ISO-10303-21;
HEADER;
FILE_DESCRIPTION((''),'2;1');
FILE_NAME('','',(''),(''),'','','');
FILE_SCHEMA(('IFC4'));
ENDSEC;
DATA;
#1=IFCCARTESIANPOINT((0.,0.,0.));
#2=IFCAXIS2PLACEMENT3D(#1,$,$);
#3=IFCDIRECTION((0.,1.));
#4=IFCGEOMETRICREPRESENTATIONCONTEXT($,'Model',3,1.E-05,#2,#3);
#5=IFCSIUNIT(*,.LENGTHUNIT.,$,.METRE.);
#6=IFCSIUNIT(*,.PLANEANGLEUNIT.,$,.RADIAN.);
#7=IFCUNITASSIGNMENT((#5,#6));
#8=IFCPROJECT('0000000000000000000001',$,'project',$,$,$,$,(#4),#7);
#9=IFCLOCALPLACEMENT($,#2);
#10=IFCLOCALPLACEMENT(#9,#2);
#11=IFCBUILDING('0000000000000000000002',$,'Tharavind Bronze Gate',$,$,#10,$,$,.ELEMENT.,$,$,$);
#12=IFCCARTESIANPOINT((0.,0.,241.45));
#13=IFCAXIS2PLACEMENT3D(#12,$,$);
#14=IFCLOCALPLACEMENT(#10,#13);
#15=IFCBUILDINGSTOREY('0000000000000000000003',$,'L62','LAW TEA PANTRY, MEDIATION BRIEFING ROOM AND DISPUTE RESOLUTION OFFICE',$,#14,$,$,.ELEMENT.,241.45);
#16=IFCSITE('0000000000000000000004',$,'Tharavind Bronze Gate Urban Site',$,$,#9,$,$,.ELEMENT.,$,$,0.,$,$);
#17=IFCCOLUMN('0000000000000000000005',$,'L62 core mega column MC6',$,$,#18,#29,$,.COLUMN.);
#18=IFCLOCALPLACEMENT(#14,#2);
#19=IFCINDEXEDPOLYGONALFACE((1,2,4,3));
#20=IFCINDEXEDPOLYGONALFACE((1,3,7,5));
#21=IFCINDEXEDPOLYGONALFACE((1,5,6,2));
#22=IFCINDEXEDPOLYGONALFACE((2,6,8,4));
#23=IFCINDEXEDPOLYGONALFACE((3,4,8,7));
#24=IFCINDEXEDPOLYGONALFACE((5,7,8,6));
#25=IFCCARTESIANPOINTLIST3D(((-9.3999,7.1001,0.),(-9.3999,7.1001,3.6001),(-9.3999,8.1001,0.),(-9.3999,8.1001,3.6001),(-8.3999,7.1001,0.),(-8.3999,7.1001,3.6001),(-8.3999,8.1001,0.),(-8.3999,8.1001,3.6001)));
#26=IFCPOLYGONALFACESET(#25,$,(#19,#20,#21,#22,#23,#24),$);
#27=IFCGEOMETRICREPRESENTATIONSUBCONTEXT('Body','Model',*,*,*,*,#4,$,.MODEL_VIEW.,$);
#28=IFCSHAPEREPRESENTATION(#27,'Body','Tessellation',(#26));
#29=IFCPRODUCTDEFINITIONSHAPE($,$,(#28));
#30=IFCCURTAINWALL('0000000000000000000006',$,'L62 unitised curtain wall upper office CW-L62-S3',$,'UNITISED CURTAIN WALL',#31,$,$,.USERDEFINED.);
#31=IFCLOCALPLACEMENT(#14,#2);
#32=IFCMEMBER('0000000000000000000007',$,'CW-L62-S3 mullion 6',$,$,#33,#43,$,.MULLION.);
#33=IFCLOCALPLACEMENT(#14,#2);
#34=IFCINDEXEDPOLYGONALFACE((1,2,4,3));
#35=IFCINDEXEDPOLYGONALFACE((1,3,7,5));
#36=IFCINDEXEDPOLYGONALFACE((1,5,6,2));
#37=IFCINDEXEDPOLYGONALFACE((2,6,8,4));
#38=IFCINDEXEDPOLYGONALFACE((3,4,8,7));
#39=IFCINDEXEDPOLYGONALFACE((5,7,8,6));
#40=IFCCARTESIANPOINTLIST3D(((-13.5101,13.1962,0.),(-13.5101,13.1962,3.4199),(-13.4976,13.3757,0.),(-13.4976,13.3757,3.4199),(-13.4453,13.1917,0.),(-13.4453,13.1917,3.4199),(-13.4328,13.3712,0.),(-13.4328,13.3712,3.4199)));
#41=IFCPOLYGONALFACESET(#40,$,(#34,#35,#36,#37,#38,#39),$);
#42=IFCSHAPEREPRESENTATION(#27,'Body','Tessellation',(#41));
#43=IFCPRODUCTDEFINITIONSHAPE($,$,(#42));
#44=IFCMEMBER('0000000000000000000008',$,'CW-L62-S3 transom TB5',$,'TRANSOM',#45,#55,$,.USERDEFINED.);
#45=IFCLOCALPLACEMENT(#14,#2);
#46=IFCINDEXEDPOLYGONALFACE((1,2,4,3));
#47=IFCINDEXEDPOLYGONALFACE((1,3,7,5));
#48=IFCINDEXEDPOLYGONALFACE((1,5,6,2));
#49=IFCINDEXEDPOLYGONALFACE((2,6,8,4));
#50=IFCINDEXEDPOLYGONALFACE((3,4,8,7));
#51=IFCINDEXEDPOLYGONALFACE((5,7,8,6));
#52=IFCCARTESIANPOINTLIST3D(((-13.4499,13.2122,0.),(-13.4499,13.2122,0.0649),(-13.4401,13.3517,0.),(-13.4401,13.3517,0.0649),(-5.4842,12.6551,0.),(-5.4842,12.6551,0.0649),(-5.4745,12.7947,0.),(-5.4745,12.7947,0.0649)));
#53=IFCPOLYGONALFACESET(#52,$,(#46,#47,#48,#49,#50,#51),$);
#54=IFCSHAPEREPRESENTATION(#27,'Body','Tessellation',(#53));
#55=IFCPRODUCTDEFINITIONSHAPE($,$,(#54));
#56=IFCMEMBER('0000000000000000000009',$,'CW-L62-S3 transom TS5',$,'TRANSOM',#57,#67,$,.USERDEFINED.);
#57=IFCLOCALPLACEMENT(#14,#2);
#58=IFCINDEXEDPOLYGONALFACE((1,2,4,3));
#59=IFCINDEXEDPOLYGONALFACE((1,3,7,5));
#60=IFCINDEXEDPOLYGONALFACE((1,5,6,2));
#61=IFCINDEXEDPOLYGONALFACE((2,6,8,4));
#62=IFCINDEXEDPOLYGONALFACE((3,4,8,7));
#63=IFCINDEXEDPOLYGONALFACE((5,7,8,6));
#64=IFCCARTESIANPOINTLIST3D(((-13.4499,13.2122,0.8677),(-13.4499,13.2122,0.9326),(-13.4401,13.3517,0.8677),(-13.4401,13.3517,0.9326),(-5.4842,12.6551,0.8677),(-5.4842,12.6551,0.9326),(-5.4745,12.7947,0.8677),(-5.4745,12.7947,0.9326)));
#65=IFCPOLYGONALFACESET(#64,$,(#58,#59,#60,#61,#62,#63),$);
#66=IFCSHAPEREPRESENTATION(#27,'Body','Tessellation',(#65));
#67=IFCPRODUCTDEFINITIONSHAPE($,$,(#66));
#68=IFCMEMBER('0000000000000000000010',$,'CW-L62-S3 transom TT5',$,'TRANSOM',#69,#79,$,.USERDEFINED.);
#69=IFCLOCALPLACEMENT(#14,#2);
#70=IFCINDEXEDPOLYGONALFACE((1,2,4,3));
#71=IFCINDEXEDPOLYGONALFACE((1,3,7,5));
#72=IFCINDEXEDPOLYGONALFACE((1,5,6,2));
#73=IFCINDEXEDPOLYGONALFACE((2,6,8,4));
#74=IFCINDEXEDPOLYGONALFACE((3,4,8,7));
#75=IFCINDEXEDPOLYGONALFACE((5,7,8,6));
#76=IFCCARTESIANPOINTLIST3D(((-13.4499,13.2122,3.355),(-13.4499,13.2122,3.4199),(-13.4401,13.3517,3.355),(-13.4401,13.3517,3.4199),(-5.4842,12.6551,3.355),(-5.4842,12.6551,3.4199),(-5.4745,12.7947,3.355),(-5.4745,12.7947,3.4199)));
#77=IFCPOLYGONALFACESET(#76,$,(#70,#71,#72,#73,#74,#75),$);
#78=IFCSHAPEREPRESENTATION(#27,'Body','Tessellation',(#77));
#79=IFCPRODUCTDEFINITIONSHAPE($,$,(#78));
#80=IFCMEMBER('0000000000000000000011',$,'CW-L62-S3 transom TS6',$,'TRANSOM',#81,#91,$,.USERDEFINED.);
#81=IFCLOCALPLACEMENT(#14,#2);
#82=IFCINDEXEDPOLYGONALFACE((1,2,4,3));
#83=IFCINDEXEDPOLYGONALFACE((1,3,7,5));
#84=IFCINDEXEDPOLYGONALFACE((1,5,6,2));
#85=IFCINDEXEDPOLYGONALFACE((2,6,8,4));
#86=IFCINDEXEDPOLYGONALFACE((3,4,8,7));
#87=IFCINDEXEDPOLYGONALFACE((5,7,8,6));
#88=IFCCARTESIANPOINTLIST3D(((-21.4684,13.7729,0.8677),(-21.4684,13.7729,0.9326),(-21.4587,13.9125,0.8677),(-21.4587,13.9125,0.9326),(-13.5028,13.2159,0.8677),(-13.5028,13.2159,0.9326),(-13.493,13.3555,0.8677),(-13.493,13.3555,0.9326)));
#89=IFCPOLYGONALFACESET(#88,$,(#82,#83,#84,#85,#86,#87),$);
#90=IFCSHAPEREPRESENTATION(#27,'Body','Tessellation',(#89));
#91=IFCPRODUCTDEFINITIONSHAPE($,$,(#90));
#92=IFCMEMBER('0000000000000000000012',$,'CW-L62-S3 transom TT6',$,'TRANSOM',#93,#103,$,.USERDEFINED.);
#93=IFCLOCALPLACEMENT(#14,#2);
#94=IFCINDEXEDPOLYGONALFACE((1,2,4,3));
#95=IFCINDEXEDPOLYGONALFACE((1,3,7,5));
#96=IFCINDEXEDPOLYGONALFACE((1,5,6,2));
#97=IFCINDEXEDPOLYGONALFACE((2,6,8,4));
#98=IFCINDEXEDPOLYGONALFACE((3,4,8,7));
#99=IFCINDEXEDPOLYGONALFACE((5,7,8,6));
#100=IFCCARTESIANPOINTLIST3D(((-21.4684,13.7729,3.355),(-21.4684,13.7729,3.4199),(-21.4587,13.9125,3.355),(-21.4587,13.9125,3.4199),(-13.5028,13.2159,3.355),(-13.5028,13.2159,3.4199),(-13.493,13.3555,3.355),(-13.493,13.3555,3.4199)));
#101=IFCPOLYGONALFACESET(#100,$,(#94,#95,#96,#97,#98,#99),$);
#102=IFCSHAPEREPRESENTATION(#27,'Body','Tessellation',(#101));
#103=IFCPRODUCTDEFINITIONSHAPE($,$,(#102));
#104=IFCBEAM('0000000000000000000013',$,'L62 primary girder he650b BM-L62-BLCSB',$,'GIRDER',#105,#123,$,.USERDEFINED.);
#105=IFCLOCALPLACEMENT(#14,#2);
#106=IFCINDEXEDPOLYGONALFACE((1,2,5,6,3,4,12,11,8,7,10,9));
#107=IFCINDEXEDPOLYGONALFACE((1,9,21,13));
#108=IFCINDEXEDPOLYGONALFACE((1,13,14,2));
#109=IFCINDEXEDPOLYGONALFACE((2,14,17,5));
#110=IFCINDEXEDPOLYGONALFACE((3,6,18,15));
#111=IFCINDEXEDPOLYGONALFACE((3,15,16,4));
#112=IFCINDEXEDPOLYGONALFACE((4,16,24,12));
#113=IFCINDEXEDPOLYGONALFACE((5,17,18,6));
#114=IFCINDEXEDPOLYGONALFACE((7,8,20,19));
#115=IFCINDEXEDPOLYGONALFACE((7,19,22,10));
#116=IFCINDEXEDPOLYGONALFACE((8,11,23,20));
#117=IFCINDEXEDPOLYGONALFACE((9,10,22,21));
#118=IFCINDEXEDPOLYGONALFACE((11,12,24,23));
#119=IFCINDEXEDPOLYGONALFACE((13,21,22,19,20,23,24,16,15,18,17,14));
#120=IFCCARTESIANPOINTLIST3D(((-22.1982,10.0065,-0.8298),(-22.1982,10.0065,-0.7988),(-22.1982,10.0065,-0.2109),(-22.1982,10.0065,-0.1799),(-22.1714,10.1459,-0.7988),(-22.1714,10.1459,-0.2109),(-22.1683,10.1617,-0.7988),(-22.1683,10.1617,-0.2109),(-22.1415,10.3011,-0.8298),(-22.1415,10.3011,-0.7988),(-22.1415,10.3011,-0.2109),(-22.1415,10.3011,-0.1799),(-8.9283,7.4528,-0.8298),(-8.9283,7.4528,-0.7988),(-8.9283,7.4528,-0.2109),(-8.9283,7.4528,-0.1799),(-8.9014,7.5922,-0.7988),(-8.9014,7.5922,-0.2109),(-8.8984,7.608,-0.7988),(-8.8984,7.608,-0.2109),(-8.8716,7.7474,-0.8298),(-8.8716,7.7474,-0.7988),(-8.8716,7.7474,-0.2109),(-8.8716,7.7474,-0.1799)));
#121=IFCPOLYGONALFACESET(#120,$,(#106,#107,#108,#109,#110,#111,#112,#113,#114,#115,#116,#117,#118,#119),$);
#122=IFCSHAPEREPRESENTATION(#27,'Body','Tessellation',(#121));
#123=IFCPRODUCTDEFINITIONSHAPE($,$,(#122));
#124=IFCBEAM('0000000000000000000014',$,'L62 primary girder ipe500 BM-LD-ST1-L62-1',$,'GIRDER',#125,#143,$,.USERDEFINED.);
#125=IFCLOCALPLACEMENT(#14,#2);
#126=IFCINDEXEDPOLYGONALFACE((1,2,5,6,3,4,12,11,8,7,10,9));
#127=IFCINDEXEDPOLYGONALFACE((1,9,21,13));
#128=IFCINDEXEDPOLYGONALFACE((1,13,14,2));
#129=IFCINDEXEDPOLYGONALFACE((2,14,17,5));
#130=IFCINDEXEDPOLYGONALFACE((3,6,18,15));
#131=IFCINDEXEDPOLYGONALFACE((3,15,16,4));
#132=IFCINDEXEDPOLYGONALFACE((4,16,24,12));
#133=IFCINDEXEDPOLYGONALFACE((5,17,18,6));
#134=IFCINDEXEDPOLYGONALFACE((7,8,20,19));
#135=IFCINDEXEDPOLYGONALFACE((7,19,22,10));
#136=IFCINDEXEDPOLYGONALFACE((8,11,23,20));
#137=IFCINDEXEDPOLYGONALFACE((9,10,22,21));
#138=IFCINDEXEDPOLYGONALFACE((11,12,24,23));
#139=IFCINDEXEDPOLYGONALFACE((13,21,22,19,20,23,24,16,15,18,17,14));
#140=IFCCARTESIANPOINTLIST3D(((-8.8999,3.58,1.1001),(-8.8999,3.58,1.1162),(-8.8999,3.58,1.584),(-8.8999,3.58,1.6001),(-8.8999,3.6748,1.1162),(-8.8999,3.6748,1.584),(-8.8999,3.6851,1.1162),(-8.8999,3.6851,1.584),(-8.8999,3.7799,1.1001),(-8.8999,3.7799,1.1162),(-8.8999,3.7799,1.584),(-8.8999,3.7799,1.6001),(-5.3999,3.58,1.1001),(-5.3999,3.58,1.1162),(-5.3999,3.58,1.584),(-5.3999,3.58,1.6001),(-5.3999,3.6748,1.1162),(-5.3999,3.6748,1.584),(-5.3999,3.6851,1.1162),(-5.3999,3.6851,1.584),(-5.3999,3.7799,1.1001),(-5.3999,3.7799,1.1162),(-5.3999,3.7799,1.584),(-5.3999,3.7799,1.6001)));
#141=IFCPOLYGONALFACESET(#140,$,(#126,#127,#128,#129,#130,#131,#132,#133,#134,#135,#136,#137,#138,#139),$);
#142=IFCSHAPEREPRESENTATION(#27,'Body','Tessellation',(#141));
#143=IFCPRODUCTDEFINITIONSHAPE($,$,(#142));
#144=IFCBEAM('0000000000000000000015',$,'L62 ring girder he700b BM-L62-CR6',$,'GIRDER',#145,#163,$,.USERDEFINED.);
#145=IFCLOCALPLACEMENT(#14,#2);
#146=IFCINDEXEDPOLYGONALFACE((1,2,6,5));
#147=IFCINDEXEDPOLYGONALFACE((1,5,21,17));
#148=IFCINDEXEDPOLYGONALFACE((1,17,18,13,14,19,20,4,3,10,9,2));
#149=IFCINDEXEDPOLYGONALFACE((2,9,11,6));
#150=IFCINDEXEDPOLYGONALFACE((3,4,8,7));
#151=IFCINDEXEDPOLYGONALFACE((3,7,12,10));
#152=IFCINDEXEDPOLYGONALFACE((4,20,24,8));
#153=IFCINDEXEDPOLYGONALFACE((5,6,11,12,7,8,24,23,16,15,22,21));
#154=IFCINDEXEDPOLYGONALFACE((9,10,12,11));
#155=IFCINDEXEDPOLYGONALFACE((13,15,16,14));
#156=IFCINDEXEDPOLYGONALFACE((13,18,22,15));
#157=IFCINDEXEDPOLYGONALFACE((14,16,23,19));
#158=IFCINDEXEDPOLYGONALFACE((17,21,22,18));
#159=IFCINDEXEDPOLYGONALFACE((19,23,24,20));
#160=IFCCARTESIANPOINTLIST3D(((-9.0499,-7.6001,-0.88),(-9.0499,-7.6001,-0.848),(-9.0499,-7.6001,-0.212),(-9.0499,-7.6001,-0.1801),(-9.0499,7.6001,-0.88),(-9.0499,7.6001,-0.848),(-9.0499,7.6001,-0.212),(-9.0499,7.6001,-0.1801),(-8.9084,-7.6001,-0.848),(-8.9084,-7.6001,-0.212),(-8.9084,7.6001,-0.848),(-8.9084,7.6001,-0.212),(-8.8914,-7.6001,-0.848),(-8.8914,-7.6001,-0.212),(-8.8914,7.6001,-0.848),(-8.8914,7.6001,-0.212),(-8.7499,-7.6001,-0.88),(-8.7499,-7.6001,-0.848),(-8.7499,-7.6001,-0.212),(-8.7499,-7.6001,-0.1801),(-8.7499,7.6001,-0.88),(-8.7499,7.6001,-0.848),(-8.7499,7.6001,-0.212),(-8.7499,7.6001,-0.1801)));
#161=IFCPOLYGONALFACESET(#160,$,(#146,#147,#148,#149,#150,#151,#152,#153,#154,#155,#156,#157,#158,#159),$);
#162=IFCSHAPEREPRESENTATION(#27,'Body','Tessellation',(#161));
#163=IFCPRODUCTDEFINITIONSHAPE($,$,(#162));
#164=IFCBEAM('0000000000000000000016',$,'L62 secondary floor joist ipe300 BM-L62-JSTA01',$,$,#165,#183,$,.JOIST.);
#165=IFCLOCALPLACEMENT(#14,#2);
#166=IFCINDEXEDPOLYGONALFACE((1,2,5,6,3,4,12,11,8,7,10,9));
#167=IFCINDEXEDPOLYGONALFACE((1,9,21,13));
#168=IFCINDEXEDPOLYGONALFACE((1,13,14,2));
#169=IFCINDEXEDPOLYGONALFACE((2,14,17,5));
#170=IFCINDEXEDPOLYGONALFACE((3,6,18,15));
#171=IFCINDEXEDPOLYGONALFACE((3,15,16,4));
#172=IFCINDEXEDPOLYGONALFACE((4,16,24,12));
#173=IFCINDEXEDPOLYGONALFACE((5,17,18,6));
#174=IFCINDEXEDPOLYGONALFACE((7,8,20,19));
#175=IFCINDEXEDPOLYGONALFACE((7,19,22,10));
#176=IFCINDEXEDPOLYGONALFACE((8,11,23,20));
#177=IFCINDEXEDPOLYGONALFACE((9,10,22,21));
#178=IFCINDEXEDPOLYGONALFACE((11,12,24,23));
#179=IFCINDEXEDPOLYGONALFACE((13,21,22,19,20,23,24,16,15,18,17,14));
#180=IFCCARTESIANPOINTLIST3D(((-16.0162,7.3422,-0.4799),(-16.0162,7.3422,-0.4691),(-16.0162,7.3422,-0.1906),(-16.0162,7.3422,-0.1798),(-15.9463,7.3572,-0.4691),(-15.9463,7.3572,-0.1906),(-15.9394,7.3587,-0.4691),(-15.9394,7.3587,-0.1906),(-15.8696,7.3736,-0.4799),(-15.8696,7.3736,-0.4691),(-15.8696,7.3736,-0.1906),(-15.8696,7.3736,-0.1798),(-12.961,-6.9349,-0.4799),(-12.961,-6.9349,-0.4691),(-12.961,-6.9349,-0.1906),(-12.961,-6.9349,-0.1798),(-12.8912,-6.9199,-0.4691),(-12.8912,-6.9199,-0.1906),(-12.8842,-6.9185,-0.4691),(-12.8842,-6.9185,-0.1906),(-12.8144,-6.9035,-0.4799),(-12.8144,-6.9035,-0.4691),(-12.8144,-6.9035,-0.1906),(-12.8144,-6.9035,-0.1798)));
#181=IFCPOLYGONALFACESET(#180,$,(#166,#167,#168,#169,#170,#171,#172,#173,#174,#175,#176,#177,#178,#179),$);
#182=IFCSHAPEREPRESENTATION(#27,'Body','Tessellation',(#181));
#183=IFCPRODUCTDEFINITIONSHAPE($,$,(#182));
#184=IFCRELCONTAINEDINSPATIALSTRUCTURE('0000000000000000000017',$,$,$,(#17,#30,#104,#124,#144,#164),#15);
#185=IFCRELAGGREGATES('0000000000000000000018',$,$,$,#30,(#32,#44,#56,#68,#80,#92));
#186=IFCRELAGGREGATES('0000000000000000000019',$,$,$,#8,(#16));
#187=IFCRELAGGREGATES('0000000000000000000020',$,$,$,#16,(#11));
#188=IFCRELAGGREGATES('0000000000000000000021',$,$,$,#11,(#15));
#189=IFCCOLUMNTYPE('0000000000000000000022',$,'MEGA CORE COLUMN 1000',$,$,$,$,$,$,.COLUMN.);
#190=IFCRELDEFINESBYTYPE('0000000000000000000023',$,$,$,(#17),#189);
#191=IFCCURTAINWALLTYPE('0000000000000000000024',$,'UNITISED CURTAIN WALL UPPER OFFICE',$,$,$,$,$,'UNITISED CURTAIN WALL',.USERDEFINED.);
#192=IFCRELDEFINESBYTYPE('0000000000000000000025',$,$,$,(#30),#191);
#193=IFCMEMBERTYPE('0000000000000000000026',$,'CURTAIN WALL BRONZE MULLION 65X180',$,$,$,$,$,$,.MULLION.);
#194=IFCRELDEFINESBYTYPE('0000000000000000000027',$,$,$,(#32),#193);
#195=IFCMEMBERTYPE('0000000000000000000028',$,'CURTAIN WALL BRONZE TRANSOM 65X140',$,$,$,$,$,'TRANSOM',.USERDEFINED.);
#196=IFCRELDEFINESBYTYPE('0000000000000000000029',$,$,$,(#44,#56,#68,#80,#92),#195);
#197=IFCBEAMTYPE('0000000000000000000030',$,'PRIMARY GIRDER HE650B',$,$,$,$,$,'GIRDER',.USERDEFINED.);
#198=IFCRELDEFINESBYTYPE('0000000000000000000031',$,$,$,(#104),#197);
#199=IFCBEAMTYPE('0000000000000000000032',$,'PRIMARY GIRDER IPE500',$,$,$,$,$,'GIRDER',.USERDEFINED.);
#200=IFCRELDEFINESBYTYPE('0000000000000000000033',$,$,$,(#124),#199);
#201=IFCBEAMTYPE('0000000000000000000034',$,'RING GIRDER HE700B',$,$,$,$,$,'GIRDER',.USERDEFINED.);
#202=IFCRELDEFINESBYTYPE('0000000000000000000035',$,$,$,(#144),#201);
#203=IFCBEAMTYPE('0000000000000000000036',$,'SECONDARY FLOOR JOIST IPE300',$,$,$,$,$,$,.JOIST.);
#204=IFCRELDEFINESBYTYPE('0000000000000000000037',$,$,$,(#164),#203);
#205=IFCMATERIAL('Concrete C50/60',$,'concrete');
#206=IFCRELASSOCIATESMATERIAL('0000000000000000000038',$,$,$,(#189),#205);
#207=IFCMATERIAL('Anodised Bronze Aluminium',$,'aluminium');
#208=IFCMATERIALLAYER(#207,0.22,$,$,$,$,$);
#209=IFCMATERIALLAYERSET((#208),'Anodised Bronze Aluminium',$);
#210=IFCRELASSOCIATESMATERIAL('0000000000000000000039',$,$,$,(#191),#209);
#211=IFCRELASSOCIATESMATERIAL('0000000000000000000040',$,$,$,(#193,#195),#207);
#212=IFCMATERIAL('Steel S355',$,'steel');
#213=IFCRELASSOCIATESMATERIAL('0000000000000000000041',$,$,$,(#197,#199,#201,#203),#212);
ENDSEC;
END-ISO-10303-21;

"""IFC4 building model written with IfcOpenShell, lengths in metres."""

from ifc_helpers import new_model, si_unit, direction, frame, origin, origin_2d, place, context, subcontext, project, spatial, rectangle, i_section, extrude, material, layer, layer_set, material_profile, profile_set, type_object, element, aggregate, save


model = new_model("IFC4")

# Units and contexts
model_context = context("Model", 3, precision=1e-05, world=origin(), true_north=direction((0.0, 1.0)))
body_context = subcontext(model_context, "Body", "Model", "MODEL_VIEW")
ifc_project = project(units=[si_unit("LENGTHUNIT", "METRE"), si_unit("PLANEANGLEUNIT", "RADIAN")], contexts=[model_context])

# Site, building, storey
site_placement = place(None, origin())
site = spatial("IfcSite", under=ifc_project, at=site_placement, Name="Tharavind Bronze Gate Urban Site", CompositionType="ELEMENT", RefElevation=0.0)
building_placement = place(site_placement, origin())
building = spatial("IfcBuilding", under=site, at=building_placement, Name="Tharavind Bronze Gate", CompositionType="ELEMENT")
storey_placement = place(building_placement, frame((0.0, 0.0, 241.45)))
storey = spatial("IfcBuildingStorey", under=building, at=storey_placement, Name="L62", Description="LAW TEA PANTRY, MEDIATION BRIEFING ROOM AND DISPUTE RESOLUTION OFFICE", CompositionType="ELEMENT", Elevation=241.45)

# Column
ifc_material_1 = material(Name="Concrete C50/60", Category="concrete")
ifc_material_profile_1 = material_profile(ifc_material_1, rectangle(XDim=1.0, YDim=1.0, at=origin_2d()), Name="RCCOL1000")
ifc_profile_set_1 = profile_set([ifc_material_profile_1], Name="Concrete C50/60")
column_type = type_object("IfcColumnType", Name="MEGA CORE COLUMN 1000", PredefinedType="COLUMN", material=ifc_profile_set_1)
column_placement = place(storey_placement, frame((-8.8999, 7.6001, 0.0), z_axis=(0.0, 0.0, 1.0), x_axis=(1.0, 0.0, 0.0)))
element("IfcColumn", 1, at=column_placement, inside=storey, type_object=column_type, Name="L62 core mega column MC6", PredefinedType="COLUMN", context=body_context, shape_type="SweptSolid", body=[
    extrude(rectangle(XDim=1.0, YDim=1.0, at=origin_2d()), origin(), (0.0, 0.0, 1.0), 3.6001),
])

# Curtain wall, members
ifc_material_2 = material(Name="Anodised Bronze Aluminium", Category="aluminium")
ifc_layer_1 = layer(ifc_material_2, 0.22)
ifc_layer_set_1 = layer_set([ifc_layer_1], Name="Anodised Bronze Aluminium")
curtain_wall_type = type_object("IfcCurtainWallType", Name="UNITISED CURTAIN WALL UPPER OFFICE", ElementType="UNITISED CURTAIN WALL", PredefinedType="USERDEFINED", material=ifc_layer_set_1)
curtain_wall_placement = place(storey_placement, origin())
curtain_wall = element("IfcCurtainWall", 2, at=curtain_wall_placement, inside=storey, type_object=curtain_wall_type, Name="L62 unitised curtain wall upper office CW-L62-S3", ObjectType="UNITISED CURTAIN WALL", PredefinedType="USERDEFINED")
member_type_1 = type_object("IfcMemberType", Name="CURTAIN WALL BRONZE MULLION 65X180", PredefinedType="MULLION", material=ifc_material_2)
member_1_placement = place(storey_placement, frame((-13.4714, 13.2837, 0.0), z_axis=(0.0, 0.0, 1.0), x_axis=(-0.997564, 0.069758, 0.0)))
member_1 = element("IfcMember", 3, at=member_1_placement, type_object=member_type_1, Name="CW-L62-S3 mullion 6", PredefinedType="MULLION", context=body_context, shape_type="SweptSolid", body=[
    extrude(rectangle(XDim=0.0649, YDim=0.1799, at=origin_2d()), origin(), (0.0, 0.0, 1.0), 3.4199),
])
member_type_2 = type_object("IfcMemberType", Name="CURTAIN WALL BRONZE TRANSOM 65X140", ElementType="TRANSOM", PredefinedType="USERDEFINED", material=ifc_material_2)
member_2_placement = place(storey_placement, frame((-9.4622, 13.0034, 0.0), z_axis=(0.0, 0.0, 1.0), x_axis=(-0.997564, 0.069758, 0.0)))
member_2 = element("IfcMember", 4, at=member_2_placement, type_object=member_type_2, Name="CW-L62-S3 transom TB5", ObjectType="TRANSOM", PredefinedType="USERDEFINED", context=body_context, shape_type="SweptSolid", body=[
    extrude(rectangle(XDim=7.9851, YDim=0.1399, at=origin_2d()), origin(), (0.0, 0.0, 1.0), 0.0649),
])
member_3_placement = place(storey_placement, frame((-9.4622, 13.0034, 0.8677), z_axis=(0.0, 0.0, 1.0), x_axis=(-0.997564, 0.069758, 0.0)))
member_3 = element("IfcMember", 5, at=member_3_placement, type_object=member_type_2, Name="CW-L62-S3 transom TS5", ObjectType="TRANSOM", PredefinedType="USERDEFINED", context=body_context, shape_type="SweptSolid", body=[
    extrude(rectangle(XDim=7.9851, YDim=0.1399, at=origin_2d()), origin(), (0.0, 0.0, 1.0), 0.0649),
])
member_4_placement = place(storey_placement, frame((-9.4622, 13.0034, 3.355), z_axis=(0.0, 0.0, 1.0), x_axis=(-0.997564, 0.069758, 0.0)))
member_4 = element("IfcMember", 6, at=member_4_placement, type_object=member_type_2, Name="CW-L62-S3 transom TT5", ObjectType="TRANSOM", PredefinedType="USERDEFINED", context=body_context, shape_type="SweptSolid", body=[
    extrude(rectangle(XDim=7.9851, YDim=0.1399, at=origin_2d()), origin(), (0.0, 0.0, 1.0), 0.0649),
])
member_5_placement = place(storey_placement, frame((-17.4807, 13.5642, 0.8677), z_axis=(0.0, 0.0, 1.0), x_axis=(-0.997564, 0.069758, 0.0)))
member_5 = element("IfcMember", 7, at=member_5_placement, type_object=member_type_2, Name="CW-L62-S3 transom TS6", ObjectType="TRANSOM", PredefinedType="USERDEFINED", context=body_context, shape_type="SweptSolid", body=[
    extrude(rectangle(XDim=7.9851, YDim=0.1399, at=origin_2d()), origin(), (0.0, 0.0, 1.0), 0.0649),
])
member_6_placement = place(storey_placement, frame((-17.4807, 13.5642, 3.355), z_axis=(0.0, 0.0, 1.0), x_axis=(-0.997564, 0.069758, 0.0)))
member_6 = element("IfcMember", 8, at=member_6_placement, type_object=member_type_2, Name="CW-L62-S3 transom TT6", ObjectType="TRANSOM", PredefinedType="USERDEFINED", context=body_context, shape_type="SweptSolid", body=[
    extrude(rectangle(XDim=7.9851, YDim=0.1399, at=origin_2d()), origin(), (0.0, 0.0, 1.0), 0.0649),
])

# Beams
ifc_material_3 = material(Name="Steel S355", Category="steel")
ifc_material_profile_2 = material_profile(ifc_material_3, i_section(OverallWidth=0.3, OverallDepth=0.6499, WebThickness=0.0161, FlangeThickness=0.031, at=origin_2d()), Name="HE650B")
ifc_profile_set_2 = profile_set([ifc_material_profile_2], Name="Steel S355")
beam_type_1 = type_object("IfcBeamType", Name="PRIMARY GIRDER HE650B", ElementType="GIRDER", PredefinedType="USERDEFINED", material=ifc_profile_set_2)
beam_1_placement = place(storey_placement, frame((-8.8999, 7.6001, -0.5049), z_axis=(-0.981982, 0.188975, 0.0), x_axis=(-0.188975, -0.981982, 0.0)))
element("IfcBeam", 9, at=beam_1_placement, inside=storey, type_object=beam_type_1, Name="L62 primary girder he650b BM-L62-BLCSB", ObjectType="GIRDER", PredefinedType="USERDEFINED", context=body_context, shape_type="SweptSolid", body=[
    extrude(i_section(OverallWidth=0.3, OverallDepth=0.6499, WebThickness=0.0161, FlangeThickness=0.031, at=origin_2d()), origin(), (0.0, 0.0, 1.0), 13.5134),
])
ifc_material_profile_3 = material_profile(ifc_material_3, i_section(OverallWidth=0.2, OverallDepth=0.5, WebThickness=0.0103, FlangeThickness=0.0161, at=origin_2d()), Name="IPE500")
ifc_profile_set_3 = profile_set([ifc_material_profile_3], Name="Steel S355")
beam_type_2 = type_object("IfcBeamType", Name="PRIMARY GIRDER IPE500", ElementType="GIRDER", PredefinedType="USERDEFINED", material=ifc_profile_set_3)
beam_2_placement = place(storey_placement, frame((-8.8999, 3.6799, 1.3501), z_axis=(1.0, 0.0, 0.0), x_axis=(0.0, 1.0, 0.0)))
element("IfcBeam", 10, at=beam_2_placement, inside=storey, type_object=beam_type_2, Name="L62 primary girder ipe500 BM-LD-ST1-L62-1", ObjectType="GIRDER", PredefinedType="USERDEFINED", context=body_context, shape_type="SweptSolid", body=[
    extrude(i_section(OverallWidth=0.2, OverallDepth=0.5, WebThickness=0.0103, FlangeThickness=0.0161, at=origin_2d()), origin(), (0.0, 0.0, 1.0), 3.5),
])
ifc_material_profile_4 = material_profile(ifc_material_3, i_section(OverallWidth=0.3, OverallDepth=0.7, WebThickness=0.0171, FlangeThickness=0.032, at=origin_2d()), Name="HE700B")
ifc_profile_set_4 = profile_set([ifc_material_profile_4], Name="Steel S355")
beam_type_3 = type_object("IfcBeamType", Name="RING GIRDER HE700B", ElementType="GIRDER", PredefinedType="USERDEFINED", material=ifc_profile_set_4)
beam_3_placement = place(storey_placement, frame((-8.8999, 7.6001, -0.53), z_axis=(0.0, -1.0, 0.0), x_axis=(1.0, 0.0, 0.0)))
element("IfcBeam", 11, at=beam_3_placement, inside=storey, type_object=beam_type_3, Name="L62 ring girder he700b BM-L62-CR6", ObjectType="GIRDER", PredefinedType="USERDEFINED", context=body_context, shape_type="SweptSolid", body=[
    extrude(i_section(OverallWidth=0.3, OverallDepth=0.7, WebThickness=0.0171, FlangeThickness=0.032, at=origin_2d()), origin(), (0.0, 0.0, 1.0), 15.2002),
])
ifc_material_profile_5 = material_profile(ifc_material_3, i_section(OverallWidth=0.1499, OverallDepth=0.3, WebThickness=0.0071, FlangeThickness=0.0107, at=origin_2d()), Name="IPE300")
ifc_profile_set_5 = profile_set([ifc_material_profile_5], Name="Steel S355")
beam_type_4 = type_object("IfcBeamType", Name="SECONDARY FLOOR JOIST IPE300", PredefinedType="JOIST", material=ifc_profile_set_5)
beam_4_placement = place(storey_placement, frame((-15.9429, 7.3579, -0.3298), z_axis=(0.209254, -0.977861, 0.0), x_axis=(0.977861, 0.209254, 0.0)))
element("IfcBeam", 12, at=beam_4_placement, inside=storey, type_object=beam_type_4, Name="L62 secondary floor joist ipe300 BM-L62-JSTA01", PredefinedType="JOIST", context=body_context, shape_type="SweptSolid", body=[
    extrude(i_section(OverallWidth=0.1499, OverallDepth=0.3, WebThickness=0.0071, FlangeThickness=0.0107, at=origin_2d()), origin(), (0.0, 0.0, 1.0), 14.6003),
])

aggregate(curtain_wall, [member_1, member_2, member_3, member_4, member_5, member_6])

save(model, "model.ifc")
